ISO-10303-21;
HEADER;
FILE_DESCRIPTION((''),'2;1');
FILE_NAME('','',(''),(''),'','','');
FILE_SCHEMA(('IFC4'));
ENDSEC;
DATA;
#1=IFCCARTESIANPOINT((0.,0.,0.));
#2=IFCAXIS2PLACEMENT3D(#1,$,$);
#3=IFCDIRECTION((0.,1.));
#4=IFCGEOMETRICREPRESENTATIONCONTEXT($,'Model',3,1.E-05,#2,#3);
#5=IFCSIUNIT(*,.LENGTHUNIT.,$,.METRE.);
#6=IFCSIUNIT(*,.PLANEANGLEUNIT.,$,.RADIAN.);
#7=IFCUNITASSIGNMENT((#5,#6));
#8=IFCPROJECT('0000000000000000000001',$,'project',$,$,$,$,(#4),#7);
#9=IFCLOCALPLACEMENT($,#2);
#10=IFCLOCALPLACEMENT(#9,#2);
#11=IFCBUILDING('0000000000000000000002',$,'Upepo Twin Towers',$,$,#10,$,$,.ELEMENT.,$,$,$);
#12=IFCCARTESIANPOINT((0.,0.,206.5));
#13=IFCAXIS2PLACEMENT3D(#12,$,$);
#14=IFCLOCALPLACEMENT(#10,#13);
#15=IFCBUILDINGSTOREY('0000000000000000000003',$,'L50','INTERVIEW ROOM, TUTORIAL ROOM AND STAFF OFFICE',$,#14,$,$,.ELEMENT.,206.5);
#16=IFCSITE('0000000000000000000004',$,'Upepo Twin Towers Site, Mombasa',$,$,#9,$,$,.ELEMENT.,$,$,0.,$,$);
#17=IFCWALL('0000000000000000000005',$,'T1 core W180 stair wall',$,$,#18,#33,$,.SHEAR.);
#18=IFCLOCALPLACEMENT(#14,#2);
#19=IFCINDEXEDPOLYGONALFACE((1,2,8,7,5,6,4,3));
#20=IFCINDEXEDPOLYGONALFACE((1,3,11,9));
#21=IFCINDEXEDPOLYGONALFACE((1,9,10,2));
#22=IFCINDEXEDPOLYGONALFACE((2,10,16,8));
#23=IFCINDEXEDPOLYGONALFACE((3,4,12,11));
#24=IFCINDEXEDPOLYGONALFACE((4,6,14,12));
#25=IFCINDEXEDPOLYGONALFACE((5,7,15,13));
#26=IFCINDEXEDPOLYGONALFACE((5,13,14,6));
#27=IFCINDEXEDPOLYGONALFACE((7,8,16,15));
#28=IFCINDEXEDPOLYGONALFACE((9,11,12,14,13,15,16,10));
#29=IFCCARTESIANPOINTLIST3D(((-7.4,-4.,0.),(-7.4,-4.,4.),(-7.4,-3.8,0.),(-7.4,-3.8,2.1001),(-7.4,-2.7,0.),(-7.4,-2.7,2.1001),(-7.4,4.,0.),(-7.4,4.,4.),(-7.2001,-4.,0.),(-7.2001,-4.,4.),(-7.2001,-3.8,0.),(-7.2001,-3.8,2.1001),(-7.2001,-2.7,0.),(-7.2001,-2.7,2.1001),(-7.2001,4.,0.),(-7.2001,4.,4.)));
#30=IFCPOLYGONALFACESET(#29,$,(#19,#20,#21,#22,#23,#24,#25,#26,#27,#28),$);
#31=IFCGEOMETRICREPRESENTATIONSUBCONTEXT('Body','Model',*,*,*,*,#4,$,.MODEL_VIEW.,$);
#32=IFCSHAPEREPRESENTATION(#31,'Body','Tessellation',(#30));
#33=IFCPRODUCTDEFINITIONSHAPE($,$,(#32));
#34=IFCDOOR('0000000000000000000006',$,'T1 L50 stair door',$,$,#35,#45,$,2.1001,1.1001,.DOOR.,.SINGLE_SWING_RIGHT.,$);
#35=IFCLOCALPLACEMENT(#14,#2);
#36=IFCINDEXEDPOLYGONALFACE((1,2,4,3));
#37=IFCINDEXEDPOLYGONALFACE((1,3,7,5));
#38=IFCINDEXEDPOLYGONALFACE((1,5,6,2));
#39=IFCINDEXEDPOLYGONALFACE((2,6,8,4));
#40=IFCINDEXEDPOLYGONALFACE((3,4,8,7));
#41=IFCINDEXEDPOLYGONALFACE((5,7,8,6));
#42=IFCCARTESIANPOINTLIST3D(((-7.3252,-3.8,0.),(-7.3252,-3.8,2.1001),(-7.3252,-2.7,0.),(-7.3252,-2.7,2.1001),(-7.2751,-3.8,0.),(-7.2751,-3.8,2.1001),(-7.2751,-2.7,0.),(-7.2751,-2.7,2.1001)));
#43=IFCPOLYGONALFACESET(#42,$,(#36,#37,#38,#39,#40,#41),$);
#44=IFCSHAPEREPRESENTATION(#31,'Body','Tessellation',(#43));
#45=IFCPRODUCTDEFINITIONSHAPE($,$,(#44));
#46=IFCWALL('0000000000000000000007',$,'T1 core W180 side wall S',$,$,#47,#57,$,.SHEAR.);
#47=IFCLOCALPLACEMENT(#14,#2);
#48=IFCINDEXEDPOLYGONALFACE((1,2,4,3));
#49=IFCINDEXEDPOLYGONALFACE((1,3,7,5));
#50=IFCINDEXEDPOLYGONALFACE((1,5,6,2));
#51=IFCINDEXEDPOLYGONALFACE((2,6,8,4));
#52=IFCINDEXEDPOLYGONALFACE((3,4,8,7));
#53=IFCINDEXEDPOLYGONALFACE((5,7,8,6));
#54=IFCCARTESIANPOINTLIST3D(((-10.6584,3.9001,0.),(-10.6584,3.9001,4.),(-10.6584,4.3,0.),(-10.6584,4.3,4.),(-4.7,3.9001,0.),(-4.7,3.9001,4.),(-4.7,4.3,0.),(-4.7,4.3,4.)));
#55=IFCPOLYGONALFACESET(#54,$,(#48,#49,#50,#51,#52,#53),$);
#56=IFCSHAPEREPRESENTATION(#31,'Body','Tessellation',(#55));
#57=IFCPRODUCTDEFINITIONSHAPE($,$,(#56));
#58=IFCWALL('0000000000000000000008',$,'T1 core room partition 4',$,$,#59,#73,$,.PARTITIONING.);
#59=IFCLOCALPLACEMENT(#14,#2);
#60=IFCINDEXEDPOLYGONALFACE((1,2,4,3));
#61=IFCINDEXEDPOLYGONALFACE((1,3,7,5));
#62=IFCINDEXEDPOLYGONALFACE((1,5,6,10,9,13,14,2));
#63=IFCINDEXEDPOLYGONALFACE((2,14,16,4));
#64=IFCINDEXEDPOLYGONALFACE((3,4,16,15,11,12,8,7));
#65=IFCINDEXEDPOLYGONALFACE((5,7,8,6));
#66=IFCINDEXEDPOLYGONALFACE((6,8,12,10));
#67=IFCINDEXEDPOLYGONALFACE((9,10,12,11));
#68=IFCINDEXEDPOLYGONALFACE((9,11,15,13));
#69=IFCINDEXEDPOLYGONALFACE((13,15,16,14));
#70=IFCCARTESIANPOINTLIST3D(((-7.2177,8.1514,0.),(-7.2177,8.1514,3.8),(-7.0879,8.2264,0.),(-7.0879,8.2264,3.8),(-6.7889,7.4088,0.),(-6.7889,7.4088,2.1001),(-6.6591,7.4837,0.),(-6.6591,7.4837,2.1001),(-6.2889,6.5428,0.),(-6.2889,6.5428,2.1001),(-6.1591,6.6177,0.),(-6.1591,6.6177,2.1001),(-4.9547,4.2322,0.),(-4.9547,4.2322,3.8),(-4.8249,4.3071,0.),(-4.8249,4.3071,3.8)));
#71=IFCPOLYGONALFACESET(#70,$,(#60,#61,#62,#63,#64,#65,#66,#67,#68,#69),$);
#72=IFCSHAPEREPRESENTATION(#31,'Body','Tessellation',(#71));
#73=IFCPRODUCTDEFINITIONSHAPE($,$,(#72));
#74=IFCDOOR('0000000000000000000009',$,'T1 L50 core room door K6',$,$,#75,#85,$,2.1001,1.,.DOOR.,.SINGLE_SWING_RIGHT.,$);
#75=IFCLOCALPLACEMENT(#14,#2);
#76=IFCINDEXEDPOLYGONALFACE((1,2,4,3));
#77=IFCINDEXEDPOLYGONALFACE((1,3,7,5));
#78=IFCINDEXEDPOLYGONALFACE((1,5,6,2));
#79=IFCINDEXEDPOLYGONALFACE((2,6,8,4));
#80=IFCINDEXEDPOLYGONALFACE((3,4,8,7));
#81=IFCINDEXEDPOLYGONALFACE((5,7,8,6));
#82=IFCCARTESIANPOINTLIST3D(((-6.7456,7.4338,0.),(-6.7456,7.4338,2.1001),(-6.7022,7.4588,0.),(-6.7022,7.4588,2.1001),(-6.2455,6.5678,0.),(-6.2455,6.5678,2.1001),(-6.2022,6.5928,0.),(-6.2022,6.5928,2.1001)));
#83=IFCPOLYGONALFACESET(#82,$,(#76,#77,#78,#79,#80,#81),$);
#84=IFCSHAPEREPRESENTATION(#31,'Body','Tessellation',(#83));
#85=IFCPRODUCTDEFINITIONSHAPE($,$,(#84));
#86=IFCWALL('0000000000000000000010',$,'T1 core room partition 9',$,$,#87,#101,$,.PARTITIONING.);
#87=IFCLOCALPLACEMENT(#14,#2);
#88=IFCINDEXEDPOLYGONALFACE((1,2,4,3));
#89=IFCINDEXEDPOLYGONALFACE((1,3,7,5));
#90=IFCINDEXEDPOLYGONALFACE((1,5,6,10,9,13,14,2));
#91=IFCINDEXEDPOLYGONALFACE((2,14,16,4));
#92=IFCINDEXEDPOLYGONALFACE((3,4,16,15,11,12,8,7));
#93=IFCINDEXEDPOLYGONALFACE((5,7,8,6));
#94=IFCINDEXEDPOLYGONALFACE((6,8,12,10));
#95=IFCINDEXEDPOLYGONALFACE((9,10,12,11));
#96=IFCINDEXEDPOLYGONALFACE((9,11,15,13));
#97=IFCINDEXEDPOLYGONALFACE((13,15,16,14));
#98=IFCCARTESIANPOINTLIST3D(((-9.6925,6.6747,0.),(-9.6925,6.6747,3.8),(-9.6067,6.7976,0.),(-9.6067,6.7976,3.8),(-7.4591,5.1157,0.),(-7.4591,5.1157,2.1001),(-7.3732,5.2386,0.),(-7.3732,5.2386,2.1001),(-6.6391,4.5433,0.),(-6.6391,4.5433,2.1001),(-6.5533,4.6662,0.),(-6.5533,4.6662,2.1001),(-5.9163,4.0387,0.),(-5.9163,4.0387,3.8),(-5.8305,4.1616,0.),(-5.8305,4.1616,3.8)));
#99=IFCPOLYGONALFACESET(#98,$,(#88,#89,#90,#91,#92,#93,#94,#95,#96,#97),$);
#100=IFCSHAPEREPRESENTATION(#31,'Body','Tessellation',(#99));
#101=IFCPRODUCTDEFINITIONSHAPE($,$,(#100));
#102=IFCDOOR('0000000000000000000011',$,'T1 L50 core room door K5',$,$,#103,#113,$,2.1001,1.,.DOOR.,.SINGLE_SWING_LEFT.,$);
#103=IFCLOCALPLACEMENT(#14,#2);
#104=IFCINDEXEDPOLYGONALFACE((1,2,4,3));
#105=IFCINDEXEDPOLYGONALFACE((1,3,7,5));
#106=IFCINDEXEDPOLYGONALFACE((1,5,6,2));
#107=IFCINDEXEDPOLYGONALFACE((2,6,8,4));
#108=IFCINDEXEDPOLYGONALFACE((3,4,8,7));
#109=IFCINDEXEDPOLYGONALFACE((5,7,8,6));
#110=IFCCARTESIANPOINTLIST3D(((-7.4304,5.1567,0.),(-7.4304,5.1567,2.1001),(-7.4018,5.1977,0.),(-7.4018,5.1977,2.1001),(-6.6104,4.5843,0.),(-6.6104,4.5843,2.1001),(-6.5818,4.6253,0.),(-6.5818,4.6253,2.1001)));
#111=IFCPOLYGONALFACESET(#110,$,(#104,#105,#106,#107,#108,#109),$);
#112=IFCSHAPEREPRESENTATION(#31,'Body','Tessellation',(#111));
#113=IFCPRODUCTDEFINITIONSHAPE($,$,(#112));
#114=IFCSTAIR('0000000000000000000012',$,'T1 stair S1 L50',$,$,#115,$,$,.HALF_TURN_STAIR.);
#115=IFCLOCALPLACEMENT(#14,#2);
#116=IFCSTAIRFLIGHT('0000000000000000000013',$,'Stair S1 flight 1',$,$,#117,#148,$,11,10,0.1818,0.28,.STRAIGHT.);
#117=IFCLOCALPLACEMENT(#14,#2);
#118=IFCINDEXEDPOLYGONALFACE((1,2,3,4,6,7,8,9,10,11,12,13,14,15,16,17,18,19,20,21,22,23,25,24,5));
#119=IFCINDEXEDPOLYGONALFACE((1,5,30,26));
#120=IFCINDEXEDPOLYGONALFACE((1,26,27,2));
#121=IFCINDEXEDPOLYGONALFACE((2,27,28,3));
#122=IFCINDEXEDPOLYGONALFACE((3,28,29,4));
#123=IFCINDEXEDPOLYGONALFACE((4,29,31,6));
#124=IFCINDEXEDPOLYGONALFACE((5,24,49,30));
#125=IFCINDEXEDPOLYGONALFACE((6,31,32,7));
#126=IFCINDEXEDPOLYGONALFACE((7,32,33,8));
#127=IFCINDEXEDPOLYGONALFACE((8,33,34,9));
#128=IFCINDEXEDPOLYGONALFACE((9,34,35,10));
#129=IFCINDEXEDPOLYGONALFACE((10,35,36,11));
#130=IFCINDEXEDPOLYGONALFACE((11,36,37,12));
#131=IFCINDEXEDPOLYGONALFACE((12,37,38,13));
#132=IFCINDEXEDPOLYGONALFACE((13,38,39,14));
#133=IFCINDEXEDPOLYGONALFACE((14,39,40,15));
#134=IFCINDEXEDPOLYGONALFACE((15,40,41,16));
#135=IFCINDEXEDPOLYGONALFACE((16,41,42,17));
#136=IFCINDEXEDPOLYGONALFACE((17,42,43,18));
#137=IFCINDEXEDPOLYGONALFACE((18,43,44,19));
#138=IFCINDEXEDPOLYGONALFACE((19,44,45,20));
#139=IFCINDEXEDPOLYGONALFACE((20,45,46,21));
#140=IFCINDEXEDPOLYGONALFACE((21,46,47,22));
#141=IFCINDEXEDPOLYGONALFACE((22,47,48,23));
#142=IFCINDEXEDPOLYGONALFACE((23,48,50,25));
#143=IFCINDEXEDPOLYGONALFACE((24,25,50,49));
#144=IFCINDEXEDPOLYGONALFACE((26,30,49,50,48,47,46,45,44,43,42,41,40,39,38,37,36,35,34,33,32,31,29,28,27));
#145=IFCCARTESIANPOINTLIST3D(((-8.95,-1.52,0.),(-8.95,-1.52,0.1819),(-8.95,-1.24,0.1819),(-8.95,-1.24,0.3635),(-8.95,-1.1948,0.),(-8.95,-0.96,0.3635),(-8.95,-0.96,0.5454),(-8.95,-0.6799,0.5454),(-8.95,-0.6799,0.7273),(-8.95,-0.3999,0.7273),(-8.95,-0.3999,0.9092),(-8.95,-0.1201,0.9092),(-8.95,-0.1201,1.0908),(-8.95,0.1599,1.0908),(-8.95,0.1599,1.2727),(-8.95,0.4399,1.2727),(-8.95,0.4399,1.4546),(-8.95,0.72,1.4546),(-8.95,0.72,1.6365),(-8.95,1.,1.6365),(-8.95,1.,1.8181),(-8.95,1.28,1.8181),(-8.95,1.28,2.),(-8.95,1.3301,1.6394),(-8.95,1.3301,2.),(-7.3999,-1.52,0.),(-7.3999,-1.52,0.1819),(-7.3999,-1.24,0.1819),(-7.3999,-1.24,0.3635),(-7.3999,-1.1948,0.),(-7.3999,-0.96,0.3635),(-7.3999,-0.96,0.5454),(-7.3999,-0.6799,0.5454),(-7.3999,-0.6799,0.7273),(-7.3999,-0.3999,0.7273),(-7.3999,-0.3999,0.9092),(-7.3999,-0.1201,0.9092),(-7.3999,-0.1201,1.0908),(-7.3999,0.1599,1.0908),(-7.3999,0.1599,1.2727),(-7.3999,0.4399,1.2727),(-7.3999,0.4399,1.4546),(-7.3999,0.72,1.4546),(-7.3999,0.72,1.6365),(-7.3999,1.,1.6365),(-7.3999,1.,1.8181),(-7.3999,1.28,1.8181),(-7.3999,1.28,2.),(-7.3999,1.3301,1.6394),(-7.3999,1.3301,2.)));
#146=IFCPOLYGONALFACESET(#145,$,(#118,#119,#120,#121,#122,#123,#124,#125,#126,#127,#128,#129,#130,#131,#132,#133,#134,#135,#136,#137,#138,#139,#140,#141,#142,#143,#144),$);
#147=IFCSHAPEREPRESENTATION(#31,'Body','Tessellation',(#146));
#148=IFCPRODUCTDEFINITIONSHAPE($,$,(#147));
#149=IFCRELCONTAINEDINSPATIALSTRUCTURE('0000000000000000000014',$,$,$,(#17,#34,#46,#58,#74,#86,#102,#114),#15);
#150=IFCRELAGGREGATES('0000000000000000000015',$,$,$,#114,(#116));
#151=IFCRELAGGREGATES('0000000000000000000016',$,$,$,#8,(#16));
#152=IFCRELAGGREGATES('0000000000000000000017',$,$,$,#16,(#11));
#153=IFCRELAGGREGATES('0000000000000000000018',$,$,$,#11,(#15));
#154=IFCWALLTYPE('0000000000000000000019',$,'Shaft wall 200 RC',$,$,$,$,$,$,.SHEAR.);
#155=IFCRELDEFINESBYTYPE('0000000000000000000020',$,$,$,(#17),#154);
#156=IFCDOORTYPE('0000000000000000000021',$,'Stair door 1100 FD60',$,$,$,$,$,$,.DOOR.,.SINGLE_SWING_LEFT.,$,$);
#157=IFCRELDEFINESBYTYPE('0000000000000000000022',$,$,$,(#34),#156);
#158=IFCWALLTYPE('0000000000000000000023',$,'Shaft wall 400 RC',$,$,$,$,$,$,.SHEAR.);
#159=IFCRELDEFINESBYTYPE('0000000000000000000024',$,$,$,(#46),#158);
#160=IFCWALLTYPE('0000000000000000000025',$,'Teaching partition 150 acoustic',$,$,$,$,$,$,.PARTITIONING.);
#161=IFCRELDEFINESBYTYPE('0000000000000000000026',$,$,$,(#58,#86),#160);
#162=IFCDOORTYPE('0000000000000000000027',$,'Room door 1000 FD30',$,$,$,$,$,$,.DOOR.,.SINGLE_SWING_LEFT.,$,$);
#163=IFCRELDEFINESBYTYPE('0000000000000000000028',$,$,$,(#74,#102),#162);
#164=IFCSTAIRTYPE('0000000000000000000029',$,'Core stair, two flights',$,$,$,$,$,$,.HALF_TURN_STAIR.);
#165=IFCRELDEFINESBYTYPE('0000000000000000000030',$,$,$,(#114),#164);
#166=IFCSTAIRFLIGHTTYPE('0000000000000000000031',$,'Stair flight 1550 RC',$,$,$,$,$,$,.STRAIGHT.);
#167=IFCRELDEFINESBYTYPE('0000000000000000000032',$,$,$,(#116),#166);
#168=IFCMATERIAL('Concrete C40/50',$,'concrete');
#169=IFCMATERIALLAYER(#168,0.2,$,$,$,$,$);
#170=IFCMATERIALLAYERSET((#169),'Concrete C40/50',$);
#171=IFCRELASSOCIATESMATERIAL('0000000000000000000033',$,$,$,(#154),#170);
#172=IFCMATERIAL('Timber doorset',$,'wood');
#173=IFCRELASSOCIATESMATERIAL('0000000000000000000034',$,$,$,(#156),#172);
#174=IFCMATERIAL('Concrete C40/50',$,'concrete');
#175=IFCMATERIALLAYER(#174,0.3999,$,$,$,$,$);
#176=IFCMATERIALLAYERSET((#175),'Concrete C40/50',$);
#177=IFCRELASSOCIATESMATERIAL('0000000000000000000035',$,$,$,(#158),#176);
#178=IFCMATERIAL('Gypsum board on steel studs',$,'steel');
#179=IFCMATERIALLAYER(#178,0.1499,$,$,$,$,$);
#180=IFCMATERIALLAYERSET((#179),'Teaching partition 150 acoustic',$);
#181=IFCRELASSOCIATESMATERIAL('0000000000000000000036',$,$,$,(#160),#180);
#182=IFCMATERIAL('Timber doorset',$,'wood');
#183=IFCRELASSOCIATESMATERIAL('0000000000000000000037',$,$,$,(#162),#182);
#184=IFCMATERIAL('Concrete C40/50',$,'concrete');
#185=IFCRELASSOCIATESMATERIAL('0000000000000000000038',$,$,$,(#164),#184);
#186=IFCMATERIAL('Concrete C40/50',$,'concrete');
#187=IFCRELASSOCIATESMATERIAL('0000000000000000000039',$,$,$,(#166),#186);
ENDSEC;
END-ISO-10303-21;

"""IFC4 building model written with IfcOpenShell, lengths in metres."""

from ifc_helpers import new_model, si_unit, direction, frame, frame_2d, origin, place, context, subcontext, project, spatial, polyline, rectangle, outline, extrude, material, layer, layer_set, type_object, element, fill, aggregate, save


model = new_model("IFC4")

# Units and contexts
model_context = context("Model", 3, precision=1e-05, world=origin(), true_north=direction((0.0, 1.0)))
body_context = subcontext(model_context, "Body", "Model", "MODEL_VIEW")
ifc_project = project(units=[si_unit("LENGTHUNIT", "METRE"), si_unit("PLANEANGLEUNIT", "RADIAN")], contexts=[model_context])

# Site, building, storey
site_placement = place(None, origin())
site = spatial("IfcSite", under=ifc_project, at=site_placement, Name="Upepo Twin Towers Site, Mombasa", CompositionType="ELEMENT", RefElevation=0.0)
building_placement = place(site_placement, origin())
building = spatial("IfcBuilding", under=site, at=building_placement, Name="Upepo Twin Towers", CompositionType="ELEMENT")
storey_placement = place(building_placement, frame((0.0, 0.0, 206.5)))
storey = spatial("IfcBuildingStorey", under=building, at=storey_placement, Name="L50", Description="INTERVIEW ROOM, TUTORIAL ROOM AND STAFF OFFICE", CompositionType="ELEMENT", Elevation=206.5)

# Shared definitions
ifc_material_1 = material(Name="Concrete C40/50", Category="concrete")
ifc_layer_1 = layer(ifc_material_1, 0.2)
ifc_layer_set_1 = layer_set([ifc_layer_1], Name="Concrete C40/50")
wall_type_1 = type_object("IfcWallType", Name="Shaft wall 200 RC", PredefinedType="SHEAR", material=ifc_layer_set_1)

# Wall, opening, door
wall_1_placement = place(storey_placement, frame((-7.3, 4.0, 0.0), z_axis=(0.0, 0.0, 1.0), x_axis=(0.0, -1.0, 0.0)))
wall_1 = element("IfcWall", 1, at=wall_1_placement, inside=storey, type_object=wall_type_1, Name="T1 core W180 stair wall", PredefinedType="SHEAR", context=body_context, shape_type="SweptSolid", body=[
    extrude(rectangle(XDim=8.0, YDim=0.2, at=frame_2d((4.0, 0.0))), origin(), (0.0, 0.0, 1.0), 4.0),
])
opening_1_placement = place(wall_1_placement, frame((6.7, 0.0, 0.0)))
opening_1 = element("IfcOpeningElement", 2, at=opening_1_placement, cuts=wall_1, PredefinedType="OPENING", context=body_context, shape_type="SweptSolid", body=[
    extrude(rectangle(XDim=1.1001, YDim=2.1001, at=frame_2d((0.55, 1.05))), frame((0.0, 0.1099, 0.0), z_axis=(0.0, -1.0, 0.0), x_axis=(1.0, 0.0, 0.0)), (0.0, 0.0, 1.0), 0.22),
])
ifc_material_2 = material(Name="Timber doorset", Category="wood")
door_type_1 = type_object("IfcDoorType", Name="Stair door 1100 FD60", OperationType="SINGLE_SWING_LEFT", PredefinedType="DOOR", material=ifc_material_2)
door_1_placement = place(opening_1_placement, origin())
door_1 = element("IfcDoor", 3, at=door_1_placement, inside=storey, type_object=door_type_1, Name="T1 L50 stair door", OperationType="SINGLE_SWING_RIGHT", OverallHeight=2.1001, OverallWidth=1.1001, PredefinedType="DOOR", context=body_context, shape_type="SweptSolid", body=[
    extrude(rectangle(XDim=1.1001, YDim=2.1001, at=frame_2d((0.55, 1.05))), frame((0.0, 0.0249, 0.0), z_axis=(0.0, -1.0, 0.0), x_axis=(1.0, 0.0, 0.0)), (0.0, 0.0, 1.0), 0.05),
])
fill(opening_1, door_1)

# Wall
ifc_material_3 = material(Name="Concrete C40/50", Category="concrete")
ifc_layer_2 = layer(ifc_material_3, 0.3999)
ifc_layer_set_2 = layer_set([ifc_layer_2], Name="Concrete C40/50")
wall_type_2 = type_object("IfcWallType", Name="Shaft wall 400 RC", PredefinedType="SHEAR", material=ifc_layer_set_2)
wall_2_placement = place(storey_placement, frame((-4.7, 4.1001, 0.0), z_axis=(0.0, 0.0, 1.0), x_axis=(-1.0, 0.0, 0.0)))
element("IfcWall", 4, at=wall_2_placement, inside=storey, type_object=wall_type_2, Name="T1 core W180 side wall S", PredefinedType="SHEAR", context=body_context, shape_type="SweptSolid", body=[
    extrude(rectangle(XDim=5.9585, YDim=0.3999, at=frame_2d((2.9792, 0.0))), origin(), (0.0, 0.0, 1.0), 4.0),
])

# Walls, openings, doors
ifc_material_4 = material(Name="Gypsum board on steel studs", Category="steel")
ifc_layer_3 = layer(ifc_material_4, 0.1499)
ifc_layer_set_3 = layer_set([ifc_layer_3], Name="Teaching partition 150 acoustic")
wall_type_3 = type_object("IfcWallType", Name="Teaching partition 150 acoustic", PredefinedType="PARTITIONING", material=ifc_layer_set_3)
wall_3_placement = place(storey_placement, frame((-4.8899, 4.2698, 0.0), z_axis=(0.0, 0.0, 1.0), x_axis=(-0.500032, 0.866007, 0.0)))
wall_3 = element("IfcWall", 5, at=wall_3_placement, inside=storey, type_object=wall_type_3, Name="T1 core room partition 4", PredefinedType="PARTITIONING", context=body_context, shape_type="SweptSolid", body=[
    extrude(rectangle(XDim=4.5256, YDim=0.1499, at=frame_2d((2.2627, 0.0))), origin(), (0.0, 0.0, 1.0), 3.8),
])
opening_2_placement = place(wall_3_placement, frame((2.668, 0.0, 0.0)))
opening_2 = element("IfcOpeningElement", 6, at=opening_2_placement, cuts=wall_3, PredefinedType="OPENING", context=body_context, shape_type="SweptSolid", body=[
    extrude(rectangle(XDim=1.0, YDim=2.1001, at=frame_2d((0.5, 1.05))), frame((0.0, 0.085, 0.0), z_axis=(0.0, -1.0, 0.0), x_axis=(1.0, 0.0, 0.0)), (0.0, 0.0, 1.0), 0.1699),
])
ifc_material_5 = material(Name="Timber doorset", Category="wood")
door_type_2 = type_object("IfcDoorType", Name="Room door 1000 FD30", OperationType="SINGLE_SWING_LEFT", PredefinedType="DOOR", material=ifc_material_5)
door_2_placement = place(opening_2_placement, origin())
door_2 = element("IfcDoor", 7, at=door_2_placement, inside=storey, type_object=door_type_2, Name="T1 L50 core room door K6", OperationType="SINGLE_SWING_RIGHT", OverallHeight=2.1001, OverallWidth=1.0, PredefinedType="DOOR", context=body_context, shape_type="SweptSolid", body=[
    extrude(rectangle(XDim=1.0, YDim=2.1001, at=frame_2d((0.5, 1.05))), frame((0.0, 0.0249, 0.0), z_axis=(0.0, -1.0, 0.0), x_axis=(1.0, 0.0, 0.0)), (0.0, 0.0, 1.0), 0.05),
])
fill(opening_2, door_2)
wall_4_placement = place(storey_placement, frame((-5.8733, 4.1001, 0.0), z_axis=(0.0, 0.0, 1.0), x_axis=(-0.819976, 0.572398, 0.0)))
wall_4 = element("IfcWall", 8, at=wall_4_placement, inside=storey, type_object=wall_type_3, Name="T1 core room partition 9", PredefinedType="PARTITIONING", context=body_context, shape_type="SweptSolid", body=[
    extrude(rectangle(XDim=4.6052, YDim=0.1499, at=frame_2d((2.3027, 0.0))), origin(), (0.0, 0.0, 1.0), 3.8),
])
opening_3_placement = place(wall_4_placement, frame((0.8816, 0.0, 0.0)))
opening_3 = element("IfcOpeningElement", 9, at=opening_3_placement, cuts=wall_4, PredefinedType="OPENING", context=body_context, shape_type="SweptSolid", body=[
    extrude(rectangle(XDim=1.0, YDim=2.1001, at=frame_2d((0.5, 1.05))), frame((0.0, 0.085, 0.0), z_axis=(0.0, -1.0, 0.0), x_axis=(1.0, 0.0, 0.0)), (0.0, 0.0, 1.0), 0.1699),
])
door_3_placement = place(opening_3_placement, origin())
door_3 = element("IfcDoor", 10, at=door_3_placement, inside=storey, type_object=door_type_2, Name="T1 L50 core room door K5", OperationType="SINGLE_SWING_LEFT", OverallHeight=2.1001, OverallWidth=1.0, PredefinedType="DOOR", context=body_context, shape_type="SweptSolid", body=[
    extrude(rectangle(XDim=1.0, YDim=2.1001, at=frame_2d((0.5, 1.05))), frame((0.0, 0.0249, 0.0), z_axis=(0.0, -1.0, 0.0), x_axis=(1.0, 0.0, 0.0)), (0.0, 0.0, 1.0), 0.05),
])
fill(opening_3, door_3)

# Stair, stair flight
ifc_material_6 = material(Name="Concrete C40/50", Category="concrete")
stair_type = type_object("IfcStairType", Name="Core stair, two flights", PredefinedType="HALF_TURN_STAIR", material=ifc_material_6)
stair_placement = place(storey_placement, origin())
stair = element("IfcStair", 11, at=stair_placement, inside=storey, type_object=stair_type, Name="T1 stair S1 L50", PredefinedType="HALF_TURN_STAIR")
ifc_material_7 = material(Name="Concrete C40/50", Category="concrete")
stair_flight_type = type_object("IfcStairFlightType", Name="Stair flight 1550 RC", PredefinedType="STRAIGHT", material=ifc_material_7)
stair_flight_1_placement = place(storey_placement, frame((-8.175, -1.52, 0.0), z_axis=(0.0, 0.0, 1.0), x_axis=(0.0, 1.0, 0.0)))
stair_flight_1 = element("IfcStairFlight", 12, at=stair_flight_1_placement, type_object=stair_flight_type, Name="Stair S1 flight 1", NumberOfRisers=11, NumberOfTreads=10, PredefinedType="STRAIGHT", RiserHeight=0.1818, TreadLength=0.28, context=body_context, shape_type="SweptSolid", body=[
    extrude(outline(polyline([(0.0, 0.0), (0.0, 0.1819), (0.28, 0.1819), (0.28, 0.3635), (0.5601, 0.3635), (0.5601, 0.5454), (0.8401, 0.5454), (0.8401, 0.7273), (1.1201, 0.7273), (1.1201, 0.9092), (1.3999, 0.9092), (1.3999, 1.0908), (1.6799, 1.0908), (1.6799, 1.2727), (1.96, 1.2727), (1.96, 1.4546), (2.24, 1.4546), (2.24, 1.6365), (2.52, 1.6365), (2.52, 1.8181), (2.8, 1.8181), (2.8, 2.0), (2.8501, 2.0), (2.8501, 1.6394), (0.3252, 0.0), (0.0, 0.0)])), frame((0.0, 0.7749, 0.0), z_axis=(0.0, -1.0, 0.0), x_axis=(1.0, 0.0, 0.0)), (0.0, 0.0, 1.0), 1.55),
])
aggregate(stair, [stair_flight_1])

save(model, "model.ifc")
